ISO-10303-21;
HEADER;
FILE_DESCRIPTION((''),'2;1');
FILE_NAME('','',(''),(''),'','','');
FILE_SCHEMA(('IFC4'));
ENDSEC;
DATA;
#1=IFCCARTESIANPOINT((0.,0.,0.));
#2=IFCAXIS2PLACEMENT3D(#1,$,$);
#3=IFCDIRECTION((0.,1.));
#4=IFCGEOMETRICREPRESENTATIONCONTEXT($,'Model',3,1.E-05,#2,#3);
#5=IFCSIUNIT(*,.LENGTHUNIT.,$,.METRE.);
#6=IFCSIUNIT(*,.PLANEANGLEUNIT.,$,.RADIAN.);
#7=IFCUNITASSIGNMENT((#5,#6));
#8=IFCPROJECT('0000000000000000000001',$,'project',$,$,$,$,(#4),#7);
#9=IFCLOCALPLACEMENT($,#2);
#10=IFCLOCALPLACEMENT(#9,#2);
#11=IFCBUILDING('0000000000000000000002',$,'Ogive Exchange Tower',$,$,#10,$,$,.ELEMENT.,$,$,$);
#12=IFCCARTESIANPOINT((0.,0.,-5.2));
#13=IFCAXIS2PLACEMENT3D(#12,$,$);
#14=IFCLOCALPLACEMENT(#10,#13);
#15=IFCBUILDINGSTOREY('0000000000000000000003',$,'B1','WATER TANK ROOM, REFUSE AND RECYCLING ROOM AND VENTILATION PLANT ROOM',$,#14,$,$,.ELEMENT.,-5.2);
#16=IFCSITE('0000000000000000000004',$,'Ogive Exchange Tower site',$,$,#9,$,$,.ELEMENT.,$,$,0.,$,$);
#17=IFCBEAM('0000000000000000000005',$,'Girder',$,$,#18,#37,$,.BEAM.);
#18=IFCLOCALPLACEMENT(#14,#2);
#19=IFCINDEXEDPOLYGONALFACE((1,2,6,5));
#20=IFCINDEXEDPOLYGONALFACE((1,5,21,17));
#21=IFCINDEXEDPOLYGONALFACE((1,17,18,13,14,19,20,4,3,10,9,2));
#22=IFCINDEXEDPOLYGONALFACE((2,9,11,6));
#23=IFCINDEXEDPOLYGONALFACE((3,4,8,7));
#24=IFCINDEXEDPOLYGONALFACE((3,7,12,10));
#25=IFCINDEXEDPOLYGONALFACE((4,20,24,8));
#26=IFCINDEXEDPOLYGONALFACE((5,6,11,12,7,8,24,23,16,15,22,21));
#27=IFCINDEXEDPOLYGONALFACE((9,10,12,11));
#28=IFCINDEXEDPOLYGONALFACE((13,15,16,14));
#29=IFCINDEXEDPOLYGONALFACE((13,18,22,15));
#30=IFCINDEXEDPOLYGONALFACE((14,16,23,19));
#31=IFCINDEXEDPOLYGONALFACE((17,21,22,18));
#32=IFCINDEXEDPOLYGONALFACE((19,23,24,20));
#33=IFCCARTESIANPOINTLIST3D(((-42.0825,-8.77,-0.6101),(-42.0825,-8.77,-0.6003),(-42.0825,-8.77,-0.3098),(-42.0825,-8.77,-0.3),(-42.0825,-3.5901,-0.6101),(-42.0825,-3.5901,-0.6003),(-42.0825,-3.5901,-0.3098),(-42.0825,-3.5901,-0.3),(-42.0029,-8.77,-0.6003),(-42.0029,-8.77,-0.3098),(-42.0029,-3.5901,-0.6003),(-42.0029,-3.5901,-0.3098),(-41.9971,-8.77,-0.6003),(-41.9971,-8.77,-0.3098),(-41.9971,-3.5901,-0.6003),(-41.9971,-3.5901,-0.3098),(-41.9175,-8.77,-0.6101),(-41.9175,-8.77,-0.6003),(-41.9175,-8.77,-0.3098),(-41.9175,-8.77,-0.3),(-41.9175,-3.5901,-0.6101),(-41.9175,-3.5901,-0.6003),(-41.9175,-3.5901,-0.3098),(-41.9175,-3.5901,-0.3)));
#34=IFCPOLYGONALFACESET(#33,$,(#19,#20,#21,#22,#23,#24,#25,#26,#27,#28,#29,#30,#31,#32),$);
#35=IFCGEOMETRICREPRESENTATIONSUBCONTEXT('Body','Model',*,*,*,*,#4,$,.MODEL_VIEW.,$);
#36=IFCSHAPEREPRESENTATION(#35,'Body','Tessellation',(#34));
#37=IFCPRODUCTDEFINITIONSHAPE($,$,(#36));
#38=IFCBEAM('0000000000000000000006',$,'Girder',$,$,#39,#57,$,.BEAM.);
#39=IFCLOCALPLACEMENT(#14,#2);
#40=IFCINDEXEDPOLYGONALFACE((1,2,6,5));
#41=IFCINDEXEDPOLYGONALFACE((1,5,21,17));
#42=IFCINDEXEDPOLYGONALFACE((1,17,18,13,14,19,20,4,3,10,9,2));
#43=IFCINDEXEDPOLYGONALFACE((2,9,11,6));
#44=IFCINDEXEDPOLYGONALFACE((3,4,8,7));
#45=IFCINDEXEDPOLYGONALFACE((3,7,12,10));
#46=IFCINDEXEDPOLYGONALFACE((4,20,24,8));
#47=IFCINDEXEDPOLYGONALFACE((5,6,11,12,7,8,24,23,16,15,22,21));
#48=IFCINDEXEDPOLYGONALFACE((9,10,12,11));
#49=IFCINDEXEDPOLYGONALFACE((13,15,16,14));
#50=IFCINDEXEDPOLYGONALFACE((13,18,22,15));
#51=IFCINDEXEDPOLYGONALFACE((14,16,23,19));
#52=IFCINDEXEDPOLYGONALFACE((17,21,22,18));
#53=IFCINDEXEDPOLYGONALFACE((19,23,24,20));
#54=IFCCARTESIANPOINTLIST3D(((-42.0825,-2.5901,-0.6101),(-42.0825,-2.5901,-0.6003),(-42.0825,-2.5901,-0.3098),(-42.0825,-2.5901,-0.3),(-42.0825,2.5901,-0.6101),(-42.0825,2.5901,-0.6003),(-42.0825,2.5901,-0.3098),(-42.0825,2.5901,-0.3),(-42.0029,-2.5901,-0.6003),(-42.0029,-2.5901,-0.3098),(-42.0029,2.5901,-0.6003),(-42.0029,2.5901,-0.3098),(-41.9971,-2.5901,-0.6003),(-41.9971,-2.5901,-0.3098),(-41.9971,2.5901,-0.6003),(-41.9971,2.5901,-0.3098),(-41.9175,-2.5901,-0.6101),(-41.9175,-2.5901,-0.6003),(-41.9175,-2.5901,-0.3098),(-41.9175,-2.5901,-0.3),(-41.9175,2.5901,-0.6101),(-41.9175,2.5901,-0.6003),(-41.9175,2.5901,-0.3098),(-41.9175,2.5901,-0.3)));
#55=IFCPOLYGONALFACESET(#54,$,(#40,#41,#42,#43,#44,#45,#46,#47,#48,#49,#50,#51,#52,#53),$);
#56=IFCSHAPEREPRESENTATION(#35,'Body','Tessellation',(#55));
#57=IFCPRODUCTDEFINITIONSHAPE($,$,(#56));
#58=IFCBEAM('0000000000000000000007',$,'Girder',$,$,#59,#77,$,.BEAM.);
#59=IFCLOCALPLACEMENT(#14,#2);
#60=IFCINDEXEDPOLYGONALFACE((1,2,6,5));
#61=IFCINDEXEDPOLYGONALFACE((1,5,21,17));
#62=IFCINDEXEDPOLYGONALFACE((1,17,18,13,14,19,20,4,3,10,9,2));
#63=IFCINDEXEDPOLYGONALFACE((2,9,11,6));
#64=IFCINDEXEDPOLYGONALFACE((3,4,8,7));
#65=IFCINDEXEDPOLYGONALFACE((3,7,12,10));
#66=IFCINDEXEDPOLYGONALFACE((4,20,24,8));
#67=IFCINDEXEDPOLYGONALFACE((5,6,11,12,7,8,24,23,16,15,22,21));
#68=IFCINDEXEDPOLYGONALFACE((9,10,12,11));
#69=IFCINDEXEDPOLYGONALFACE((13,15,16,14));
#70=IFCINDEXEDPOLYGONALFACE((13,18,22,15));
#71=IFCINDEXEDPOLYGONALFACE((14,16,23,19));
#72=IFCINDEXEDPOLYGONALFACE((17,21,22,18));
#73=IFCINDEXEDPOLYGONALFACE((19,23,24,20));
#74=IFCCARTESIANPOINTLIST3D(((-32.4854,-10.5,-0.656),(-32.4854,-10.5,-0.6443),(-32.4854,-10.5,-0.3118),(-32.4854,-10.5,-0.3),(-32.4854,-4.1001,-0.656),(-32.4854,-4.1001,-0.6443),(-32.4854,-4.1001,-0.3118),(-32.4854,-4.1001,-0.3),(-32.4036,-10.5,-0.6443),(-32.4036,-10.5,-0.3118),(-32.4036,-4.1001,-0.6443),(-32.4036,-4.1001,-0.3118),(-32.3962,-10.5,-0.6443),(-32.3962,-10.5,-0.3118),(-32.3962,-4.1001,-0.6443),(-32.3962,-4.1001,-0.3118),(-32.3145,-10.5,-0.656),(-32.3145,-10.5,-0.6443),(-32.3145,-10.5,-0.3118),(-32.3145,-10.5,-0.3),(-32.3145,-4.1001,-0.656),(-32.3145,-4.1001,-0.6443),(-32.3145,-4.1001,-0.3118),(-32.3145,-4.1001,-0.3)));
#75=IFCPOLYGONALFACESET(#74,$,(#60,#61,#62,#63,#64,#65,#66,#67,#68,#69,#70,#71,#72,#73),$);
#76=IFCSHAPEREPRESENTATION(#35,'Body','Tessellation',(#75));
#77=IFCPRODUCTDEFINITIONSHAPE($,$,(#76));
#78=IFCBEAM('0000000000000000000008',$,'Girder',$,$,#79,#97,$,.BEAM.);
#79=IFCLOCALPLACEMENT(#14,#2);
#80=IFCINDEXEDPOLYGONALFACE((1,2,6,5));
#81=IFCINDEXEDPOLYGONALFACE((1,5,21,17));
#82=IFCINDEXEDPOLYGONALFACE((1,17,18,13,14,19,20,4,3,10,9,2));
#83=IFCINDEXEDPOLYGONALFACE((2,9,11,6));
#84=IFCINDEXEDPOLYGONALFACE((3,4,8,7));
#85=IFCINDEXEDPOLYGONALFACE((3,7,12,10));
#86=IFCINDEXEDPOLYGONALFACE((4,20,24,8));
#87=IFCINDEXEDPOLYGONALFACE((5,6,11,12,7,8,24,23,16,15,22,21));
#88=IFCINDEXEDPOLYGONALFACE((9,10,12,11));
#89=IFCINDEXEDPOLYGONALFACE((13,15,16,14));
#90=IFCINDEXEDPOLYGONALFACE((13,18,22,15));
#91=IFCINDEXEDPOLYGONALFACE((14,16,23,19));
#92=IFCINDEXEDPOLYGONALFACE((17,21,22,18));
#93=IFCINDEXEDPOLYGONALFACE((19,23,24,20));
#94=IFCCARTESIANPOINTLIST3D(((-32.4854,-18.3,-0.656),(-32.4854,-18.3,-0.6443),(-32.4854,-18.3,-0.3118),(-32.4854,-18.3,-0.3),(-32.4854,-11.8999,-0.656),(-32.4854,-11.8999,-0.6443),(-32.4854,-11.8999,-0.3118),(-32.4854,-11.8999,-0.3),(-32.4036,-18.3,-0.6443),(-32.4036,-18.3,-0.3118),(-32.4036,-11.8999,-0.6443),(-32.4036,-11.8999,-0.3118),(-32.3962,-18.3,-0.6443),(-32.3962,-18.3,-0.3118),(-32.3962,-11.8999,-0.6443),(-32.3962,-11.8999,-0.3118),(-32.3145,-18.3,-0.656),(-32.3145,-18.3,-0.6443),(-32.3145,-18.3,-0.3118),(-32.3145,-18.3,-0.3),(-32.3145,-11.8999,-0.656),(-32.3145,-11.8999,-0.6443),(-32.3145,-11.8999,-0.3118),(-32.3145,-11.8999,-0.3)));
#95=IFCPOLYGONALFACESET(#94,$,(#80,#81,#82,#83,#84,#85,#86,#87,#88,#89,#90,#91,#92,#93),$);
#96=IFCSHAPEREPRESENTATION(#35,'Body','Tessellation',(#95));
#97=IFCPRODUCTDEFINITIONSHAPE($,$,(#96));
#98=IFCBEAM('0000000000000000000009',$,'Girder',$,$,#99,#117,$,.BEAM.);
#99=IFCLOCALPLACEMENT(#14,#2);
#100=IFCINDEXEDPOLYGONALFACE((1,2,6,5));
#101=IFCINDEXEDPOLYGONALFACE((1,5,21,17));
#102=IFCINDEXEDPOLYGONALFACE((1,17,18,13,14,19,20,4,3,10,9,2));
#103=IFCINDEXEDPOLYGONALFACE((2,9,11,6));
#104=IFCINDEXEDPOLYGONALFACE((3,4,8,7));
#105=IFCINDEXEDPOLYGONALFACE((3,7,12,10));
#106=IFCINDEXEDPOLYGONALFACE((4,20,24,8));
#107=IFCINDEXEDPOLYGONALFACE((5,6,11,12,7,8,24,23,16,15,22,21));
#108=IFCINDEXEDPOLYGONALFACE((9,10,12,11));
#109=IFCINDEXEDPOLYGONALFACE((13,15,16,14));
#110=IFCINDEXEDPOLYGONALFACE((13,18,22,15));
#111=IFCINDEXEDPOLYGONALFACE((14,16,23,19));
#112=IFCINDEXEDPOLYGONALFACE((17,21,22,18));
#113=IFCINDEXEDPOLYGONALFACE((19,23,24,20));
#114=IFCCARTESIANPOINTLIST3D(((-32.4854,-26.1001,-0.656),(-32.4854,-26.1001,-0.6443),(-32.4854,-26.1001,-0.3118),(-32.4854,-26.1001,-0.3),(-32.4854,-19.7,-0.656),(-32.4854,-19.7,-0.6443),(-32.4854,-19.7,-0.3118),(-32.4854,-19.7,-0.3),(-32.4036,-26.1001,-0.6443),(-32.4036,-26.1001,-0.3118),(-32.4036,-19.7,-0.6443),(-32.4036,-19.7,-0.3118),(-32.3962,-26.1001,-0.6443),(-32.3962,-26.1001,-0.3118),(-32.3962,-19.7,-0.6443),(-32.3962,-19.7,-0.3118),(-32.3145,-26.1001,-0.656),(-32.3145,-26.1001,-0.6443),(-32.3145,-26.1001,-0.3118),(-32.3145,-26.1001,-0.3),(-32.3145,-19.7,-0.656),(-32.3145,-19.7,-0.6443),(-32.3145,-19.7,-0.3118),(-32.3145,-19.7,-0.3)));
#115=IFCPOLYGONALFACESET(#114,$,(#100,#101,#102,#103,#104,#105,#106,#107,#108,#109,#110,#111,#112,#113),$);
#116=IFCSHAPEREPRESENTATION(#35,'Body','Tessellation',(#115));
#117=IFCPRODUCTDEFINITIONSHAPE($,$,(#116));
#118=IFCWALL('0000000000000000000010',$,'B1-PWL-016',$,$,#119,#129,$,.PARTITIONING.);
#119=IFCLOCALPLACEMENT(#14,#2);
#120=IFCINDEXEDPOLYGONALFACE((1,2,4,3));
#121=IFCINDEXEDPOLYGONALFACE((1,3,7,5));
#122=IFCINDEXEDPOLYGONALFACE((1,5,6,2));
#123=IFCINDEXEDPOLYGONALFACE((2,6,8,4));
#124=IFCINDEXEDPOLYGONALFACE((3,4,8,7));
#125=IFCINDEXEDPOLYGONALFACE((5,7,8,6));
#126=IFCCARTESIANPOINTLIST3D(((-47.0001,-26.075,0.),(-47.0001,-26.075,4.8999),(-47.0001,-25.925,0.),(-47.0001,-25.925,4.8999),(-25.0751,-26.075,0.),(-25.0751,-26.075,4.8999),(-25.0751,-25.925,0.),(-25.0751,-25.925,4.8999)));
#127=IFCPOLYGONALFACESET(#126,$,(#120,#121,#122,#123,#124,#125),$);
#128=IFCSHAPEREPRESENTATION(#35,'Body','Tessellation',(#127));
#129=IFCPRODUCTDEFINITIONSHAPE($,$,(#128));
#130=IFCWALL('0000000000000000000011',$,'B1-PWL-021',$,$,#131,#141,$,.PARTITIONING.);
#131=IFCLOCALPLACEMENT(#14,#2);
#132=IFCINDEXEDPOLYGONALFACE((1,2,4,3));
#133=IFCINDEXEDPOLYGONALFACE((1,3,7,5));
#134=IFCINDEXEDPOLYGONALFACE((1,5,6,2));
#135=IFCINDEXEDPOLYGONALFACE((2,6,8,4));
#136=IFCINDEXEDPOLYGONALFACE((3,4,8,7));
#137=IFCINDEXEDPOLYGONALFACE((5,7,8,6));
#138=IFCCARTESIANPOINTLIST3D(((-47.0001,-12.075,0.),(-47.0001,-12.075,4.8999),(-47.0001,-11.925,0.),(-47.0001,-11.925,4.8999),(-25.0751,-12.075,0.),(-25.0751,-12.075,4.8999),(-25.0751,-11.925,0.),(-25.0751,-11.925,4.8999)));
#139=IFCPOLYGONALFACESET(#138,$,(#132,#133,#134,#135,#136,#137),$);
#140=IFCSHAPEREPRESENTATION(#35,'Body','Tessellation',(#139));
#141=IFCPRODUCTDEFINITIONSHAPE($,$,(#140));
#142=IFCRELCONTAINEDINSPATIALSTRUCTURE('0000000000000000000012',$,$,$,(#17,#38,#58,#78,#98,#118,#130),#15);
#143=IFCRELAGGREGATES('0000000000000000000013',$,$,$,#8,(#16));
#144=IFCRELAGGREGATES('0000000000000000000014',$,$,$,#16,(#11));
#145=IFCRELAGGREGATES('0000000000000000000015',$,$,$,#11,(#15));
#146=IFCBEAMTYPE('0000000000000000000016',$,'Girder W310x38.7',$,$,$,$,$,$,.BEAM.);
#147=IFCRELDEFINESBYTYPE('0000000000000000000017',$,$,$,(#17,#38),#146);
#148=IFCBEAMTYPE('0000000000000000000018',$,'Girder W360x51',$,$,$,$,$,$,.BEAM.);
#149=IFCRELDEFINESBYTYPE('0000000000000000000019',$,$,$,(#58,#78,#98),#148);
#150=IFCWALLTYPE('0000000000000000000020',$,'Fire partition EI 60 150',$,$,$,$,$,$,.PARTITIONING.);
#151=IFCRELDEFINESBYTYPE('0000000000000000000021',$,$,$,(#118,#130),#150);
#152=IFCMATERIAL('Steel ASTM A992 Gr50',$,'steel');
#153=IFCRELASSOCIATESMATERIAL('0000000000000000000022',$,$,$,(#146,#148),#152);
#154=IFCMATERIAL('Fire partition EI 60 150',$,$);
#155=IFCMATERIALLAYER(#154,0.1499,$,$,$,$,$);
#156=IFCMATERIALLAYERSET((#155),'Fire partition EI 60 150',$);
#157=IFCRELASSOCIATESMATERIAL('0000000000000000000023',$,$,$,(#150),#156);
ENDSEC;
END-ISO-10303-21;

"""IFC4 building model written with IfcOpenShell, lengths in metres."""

from ifc_helpers import new_model, si_unit, direction, frame, frame_2d, origin, origin_2d, place, context, subcontext, project, spatial, rectangle, i_section, extrude, material, layer, layer_set, material_profile, profile_set, type_object, element, save


model = new_model("IFC4")

# Units and contexts
model_context = context("Model", 3, precision=1e-05, world=origin(), true_north=direction((0.0, 1.0)))
body_context = subcontext(model_context, "Body", "Model", "MODEL_VIEW")
ifc_project = project(units=[si_unit("LENGTHUNIT", "METRE"), si_unit("PLANEANGLEUNIT", "RADIAN")], contexts=[model_context])

# Site, building, storey
site_placement = place(None, origin())
site = spatial("IfcSite", under=ifc_project, at=site_placement, Name="Ogive Exchange Tower site", CompositionType="ELEMENT", RefElevation=0.0)
building_placement = place(site_placement, origin())
building = spatial("IfcBuilding", under=site, at=building_placement, Name="Ogive Exchange Tower", CompositionType="ELEMENT")
storey_placement = place(building_placement, frame((0.0, 0.0, -5.2)))
storey = spatial("IfcBuildingStorey", under=building, at=storey_placement, Name="B1", Description="WATER TANK ROOM, REFUSE AND RECYCLING ROOM AND VENTILATION PLANT ROOM", CompositionType="ELEMENT", Elevation=-5.2)

# Beams
ifc_material_1 = material(Name="Steel ASTM A992 Gr50", Category="steel")
ifc_material_profile_1 = material_profile(ifc_material_1, i_section(OverallWidth=0.165, OverallDepth=0.3101, WebThickness=0.0059, FlangeThickness=0.0098, at=origin_2d()), Name="W310x38.7")
ifc_profile_set_1 = profile_set([ifc_material_profile_1], Name="Steel ASTM A992 Gr50")
beam_type_1 = type_object("IfcBeamType", Name="Girder W310x38.7", PredefinedType="BEAM", material=ifc_profile_set_1)
beam_1_placement = place(storey_placement, frame((-42.0, -8.77, -0.4551), z_axis=(0.0, 1.0, 0.0), x_axis=(-1.0, 0.0, 0.0)))
element("IfcBeam", 1, at=beam_1_placement, inside=storey, type_object=beam_type_1, Name="Girder", PredefinedType="BEAM", context=body_context, shape_type="SweptSolid", body=[
    extrude(i_section(OverallWidth=0.165, OverallDepth=0.3101, WebThickness=0.0059, FlangeThickness=0.0098, at=origin_2d()), origin(), (0.0, 0.0, 1.0), 5.1799),
])
beam_2_placement = place(storey_placement, frame((-42.0, -2.5901, -0.4551), z_axis=(0.0, 1.0, 0.0), x_axis=(-1.0, 0.0, 0.0)))
element("IfcBeam", 2, at=beam_2_placement, inside=storey, type_object=beam_type_1, Name="Girder", PredefinedType="BEAM", context=body_context, shape_type="SweptSolid", body=[
    extrude(i_section(OverallWidth=0.165, OverallDepth=0.3101, WebThickness=0.0059, FlangeThickness=0.0098, at=origin_2d()), origin(), (0.0, 0.0, 1.0), 5.1802),
])
ifc_material_profile_2 = material_profile(ifc_material_1, i_section(OverallWidth=0.1709, OverallDepth=0.356, WebThickness=0.0073, FlangeThickness=0.0117, at=origin_2d()), Name="W360x51")
ifc_profile_set_2 = profile_set([ifc_material_profile_2], Name="Steel ASTM A992 Gr50")
beam_type_2 = type_object("IfcBeamType", Name="Girder W360x51", PredefinedType="BEAM", material=ifc_profile_set_2)
beam_3_placement = place(storey_placement, frame((-32.3999, -4.1001, -0.478), z_axis=(0.0, -1.0, 0.0), x_axis=(1.0, 0.0, 0.0)))
element("IfcBeam", 3, at=beam_3_placement, inside=storey, type_object=beam_type_2, Name="Girder", PredefinedType="BEAM", context=body_context, shape_type="SweptSolid", body=[
    extrude(i_section(OverallWidth=0.1709, OverallDepth=0.356, WebThickness=0.0073, FlangeThickness=0.0117, at=origin_2d()), origin(), (0.0, 0.0, 1.0), 6.3999),
])
for number, where, z_axis, x_axis, name in (
    (4, (-32.3999, -11.8999, -0.478), (0.0, -1.0, 0.0), (1.0, 0.0, 0.0), "Girder"),
    (5, (-32.3999, -19.7, -0.478), (0.0, -1.0, 0.0), (1.0, 0.0, 0.0), "Girder"),
):
    element("IfcBeam", number, at=place(storey_placement, frame(where, z_axis=z_axis, x_axis=x_axis)), inside=storey, type_object=beam_type_2, Name=name, PredefinedType="BEAM", context=body_context, shape_type="SweptSolid", body=[
        extrude(i_section(OverallWidth=0.1709, OverallDepth=0.356, WebThickness=0.0073, FlangeThickness=0.0117, at=origin_2d()), origin(), (0.0, 0.0, 1.0), 6.4001),
    ])

# Walls
ifc_material_2 = material(Name="Fire partition EI 60 150")
ifc_layer = layer(ifc_material_2, 0.1499)
ifc_layer_set = layer_set([ifc_layer], Name="Fire partition EI 60 150")
wall_type = type_object("IfcWallType", Name="Fire partition EI 60 150", PredefinedType="PARTITIONING", material=ifc_layer_set)
for number, where, z_axis, x_axis, name in (
    (6, (-47.0, -26.0, 0.0), (0.0, 0.0, 1.0), (1.0, 0.0, 0.0), "B1-PWL-016"),
    (7, (-47.0, -12.0, 0.0), (0.0, 0.0, 1.0), (1.0, 0.0, 0.0), "B1-PWL-021"),
):
    element("IfcWall", number, at=place(storey_placement, frame(where, z_axis=z_axis, x_axis=x_axis)), inside=storey, type_object=wall_type, Name=name, PredefinedType="PARTITIONING", context=body_context, shape_type="SweptSolid", body=[
        extrude(rectangle(XDim=21.925, YDim=0.1499, at=frame_2d((10.9624, 0.0))), origin(), (0.0, 0.0, 1.0), 4.8999),
    ])

save(model, "model.ifc")
